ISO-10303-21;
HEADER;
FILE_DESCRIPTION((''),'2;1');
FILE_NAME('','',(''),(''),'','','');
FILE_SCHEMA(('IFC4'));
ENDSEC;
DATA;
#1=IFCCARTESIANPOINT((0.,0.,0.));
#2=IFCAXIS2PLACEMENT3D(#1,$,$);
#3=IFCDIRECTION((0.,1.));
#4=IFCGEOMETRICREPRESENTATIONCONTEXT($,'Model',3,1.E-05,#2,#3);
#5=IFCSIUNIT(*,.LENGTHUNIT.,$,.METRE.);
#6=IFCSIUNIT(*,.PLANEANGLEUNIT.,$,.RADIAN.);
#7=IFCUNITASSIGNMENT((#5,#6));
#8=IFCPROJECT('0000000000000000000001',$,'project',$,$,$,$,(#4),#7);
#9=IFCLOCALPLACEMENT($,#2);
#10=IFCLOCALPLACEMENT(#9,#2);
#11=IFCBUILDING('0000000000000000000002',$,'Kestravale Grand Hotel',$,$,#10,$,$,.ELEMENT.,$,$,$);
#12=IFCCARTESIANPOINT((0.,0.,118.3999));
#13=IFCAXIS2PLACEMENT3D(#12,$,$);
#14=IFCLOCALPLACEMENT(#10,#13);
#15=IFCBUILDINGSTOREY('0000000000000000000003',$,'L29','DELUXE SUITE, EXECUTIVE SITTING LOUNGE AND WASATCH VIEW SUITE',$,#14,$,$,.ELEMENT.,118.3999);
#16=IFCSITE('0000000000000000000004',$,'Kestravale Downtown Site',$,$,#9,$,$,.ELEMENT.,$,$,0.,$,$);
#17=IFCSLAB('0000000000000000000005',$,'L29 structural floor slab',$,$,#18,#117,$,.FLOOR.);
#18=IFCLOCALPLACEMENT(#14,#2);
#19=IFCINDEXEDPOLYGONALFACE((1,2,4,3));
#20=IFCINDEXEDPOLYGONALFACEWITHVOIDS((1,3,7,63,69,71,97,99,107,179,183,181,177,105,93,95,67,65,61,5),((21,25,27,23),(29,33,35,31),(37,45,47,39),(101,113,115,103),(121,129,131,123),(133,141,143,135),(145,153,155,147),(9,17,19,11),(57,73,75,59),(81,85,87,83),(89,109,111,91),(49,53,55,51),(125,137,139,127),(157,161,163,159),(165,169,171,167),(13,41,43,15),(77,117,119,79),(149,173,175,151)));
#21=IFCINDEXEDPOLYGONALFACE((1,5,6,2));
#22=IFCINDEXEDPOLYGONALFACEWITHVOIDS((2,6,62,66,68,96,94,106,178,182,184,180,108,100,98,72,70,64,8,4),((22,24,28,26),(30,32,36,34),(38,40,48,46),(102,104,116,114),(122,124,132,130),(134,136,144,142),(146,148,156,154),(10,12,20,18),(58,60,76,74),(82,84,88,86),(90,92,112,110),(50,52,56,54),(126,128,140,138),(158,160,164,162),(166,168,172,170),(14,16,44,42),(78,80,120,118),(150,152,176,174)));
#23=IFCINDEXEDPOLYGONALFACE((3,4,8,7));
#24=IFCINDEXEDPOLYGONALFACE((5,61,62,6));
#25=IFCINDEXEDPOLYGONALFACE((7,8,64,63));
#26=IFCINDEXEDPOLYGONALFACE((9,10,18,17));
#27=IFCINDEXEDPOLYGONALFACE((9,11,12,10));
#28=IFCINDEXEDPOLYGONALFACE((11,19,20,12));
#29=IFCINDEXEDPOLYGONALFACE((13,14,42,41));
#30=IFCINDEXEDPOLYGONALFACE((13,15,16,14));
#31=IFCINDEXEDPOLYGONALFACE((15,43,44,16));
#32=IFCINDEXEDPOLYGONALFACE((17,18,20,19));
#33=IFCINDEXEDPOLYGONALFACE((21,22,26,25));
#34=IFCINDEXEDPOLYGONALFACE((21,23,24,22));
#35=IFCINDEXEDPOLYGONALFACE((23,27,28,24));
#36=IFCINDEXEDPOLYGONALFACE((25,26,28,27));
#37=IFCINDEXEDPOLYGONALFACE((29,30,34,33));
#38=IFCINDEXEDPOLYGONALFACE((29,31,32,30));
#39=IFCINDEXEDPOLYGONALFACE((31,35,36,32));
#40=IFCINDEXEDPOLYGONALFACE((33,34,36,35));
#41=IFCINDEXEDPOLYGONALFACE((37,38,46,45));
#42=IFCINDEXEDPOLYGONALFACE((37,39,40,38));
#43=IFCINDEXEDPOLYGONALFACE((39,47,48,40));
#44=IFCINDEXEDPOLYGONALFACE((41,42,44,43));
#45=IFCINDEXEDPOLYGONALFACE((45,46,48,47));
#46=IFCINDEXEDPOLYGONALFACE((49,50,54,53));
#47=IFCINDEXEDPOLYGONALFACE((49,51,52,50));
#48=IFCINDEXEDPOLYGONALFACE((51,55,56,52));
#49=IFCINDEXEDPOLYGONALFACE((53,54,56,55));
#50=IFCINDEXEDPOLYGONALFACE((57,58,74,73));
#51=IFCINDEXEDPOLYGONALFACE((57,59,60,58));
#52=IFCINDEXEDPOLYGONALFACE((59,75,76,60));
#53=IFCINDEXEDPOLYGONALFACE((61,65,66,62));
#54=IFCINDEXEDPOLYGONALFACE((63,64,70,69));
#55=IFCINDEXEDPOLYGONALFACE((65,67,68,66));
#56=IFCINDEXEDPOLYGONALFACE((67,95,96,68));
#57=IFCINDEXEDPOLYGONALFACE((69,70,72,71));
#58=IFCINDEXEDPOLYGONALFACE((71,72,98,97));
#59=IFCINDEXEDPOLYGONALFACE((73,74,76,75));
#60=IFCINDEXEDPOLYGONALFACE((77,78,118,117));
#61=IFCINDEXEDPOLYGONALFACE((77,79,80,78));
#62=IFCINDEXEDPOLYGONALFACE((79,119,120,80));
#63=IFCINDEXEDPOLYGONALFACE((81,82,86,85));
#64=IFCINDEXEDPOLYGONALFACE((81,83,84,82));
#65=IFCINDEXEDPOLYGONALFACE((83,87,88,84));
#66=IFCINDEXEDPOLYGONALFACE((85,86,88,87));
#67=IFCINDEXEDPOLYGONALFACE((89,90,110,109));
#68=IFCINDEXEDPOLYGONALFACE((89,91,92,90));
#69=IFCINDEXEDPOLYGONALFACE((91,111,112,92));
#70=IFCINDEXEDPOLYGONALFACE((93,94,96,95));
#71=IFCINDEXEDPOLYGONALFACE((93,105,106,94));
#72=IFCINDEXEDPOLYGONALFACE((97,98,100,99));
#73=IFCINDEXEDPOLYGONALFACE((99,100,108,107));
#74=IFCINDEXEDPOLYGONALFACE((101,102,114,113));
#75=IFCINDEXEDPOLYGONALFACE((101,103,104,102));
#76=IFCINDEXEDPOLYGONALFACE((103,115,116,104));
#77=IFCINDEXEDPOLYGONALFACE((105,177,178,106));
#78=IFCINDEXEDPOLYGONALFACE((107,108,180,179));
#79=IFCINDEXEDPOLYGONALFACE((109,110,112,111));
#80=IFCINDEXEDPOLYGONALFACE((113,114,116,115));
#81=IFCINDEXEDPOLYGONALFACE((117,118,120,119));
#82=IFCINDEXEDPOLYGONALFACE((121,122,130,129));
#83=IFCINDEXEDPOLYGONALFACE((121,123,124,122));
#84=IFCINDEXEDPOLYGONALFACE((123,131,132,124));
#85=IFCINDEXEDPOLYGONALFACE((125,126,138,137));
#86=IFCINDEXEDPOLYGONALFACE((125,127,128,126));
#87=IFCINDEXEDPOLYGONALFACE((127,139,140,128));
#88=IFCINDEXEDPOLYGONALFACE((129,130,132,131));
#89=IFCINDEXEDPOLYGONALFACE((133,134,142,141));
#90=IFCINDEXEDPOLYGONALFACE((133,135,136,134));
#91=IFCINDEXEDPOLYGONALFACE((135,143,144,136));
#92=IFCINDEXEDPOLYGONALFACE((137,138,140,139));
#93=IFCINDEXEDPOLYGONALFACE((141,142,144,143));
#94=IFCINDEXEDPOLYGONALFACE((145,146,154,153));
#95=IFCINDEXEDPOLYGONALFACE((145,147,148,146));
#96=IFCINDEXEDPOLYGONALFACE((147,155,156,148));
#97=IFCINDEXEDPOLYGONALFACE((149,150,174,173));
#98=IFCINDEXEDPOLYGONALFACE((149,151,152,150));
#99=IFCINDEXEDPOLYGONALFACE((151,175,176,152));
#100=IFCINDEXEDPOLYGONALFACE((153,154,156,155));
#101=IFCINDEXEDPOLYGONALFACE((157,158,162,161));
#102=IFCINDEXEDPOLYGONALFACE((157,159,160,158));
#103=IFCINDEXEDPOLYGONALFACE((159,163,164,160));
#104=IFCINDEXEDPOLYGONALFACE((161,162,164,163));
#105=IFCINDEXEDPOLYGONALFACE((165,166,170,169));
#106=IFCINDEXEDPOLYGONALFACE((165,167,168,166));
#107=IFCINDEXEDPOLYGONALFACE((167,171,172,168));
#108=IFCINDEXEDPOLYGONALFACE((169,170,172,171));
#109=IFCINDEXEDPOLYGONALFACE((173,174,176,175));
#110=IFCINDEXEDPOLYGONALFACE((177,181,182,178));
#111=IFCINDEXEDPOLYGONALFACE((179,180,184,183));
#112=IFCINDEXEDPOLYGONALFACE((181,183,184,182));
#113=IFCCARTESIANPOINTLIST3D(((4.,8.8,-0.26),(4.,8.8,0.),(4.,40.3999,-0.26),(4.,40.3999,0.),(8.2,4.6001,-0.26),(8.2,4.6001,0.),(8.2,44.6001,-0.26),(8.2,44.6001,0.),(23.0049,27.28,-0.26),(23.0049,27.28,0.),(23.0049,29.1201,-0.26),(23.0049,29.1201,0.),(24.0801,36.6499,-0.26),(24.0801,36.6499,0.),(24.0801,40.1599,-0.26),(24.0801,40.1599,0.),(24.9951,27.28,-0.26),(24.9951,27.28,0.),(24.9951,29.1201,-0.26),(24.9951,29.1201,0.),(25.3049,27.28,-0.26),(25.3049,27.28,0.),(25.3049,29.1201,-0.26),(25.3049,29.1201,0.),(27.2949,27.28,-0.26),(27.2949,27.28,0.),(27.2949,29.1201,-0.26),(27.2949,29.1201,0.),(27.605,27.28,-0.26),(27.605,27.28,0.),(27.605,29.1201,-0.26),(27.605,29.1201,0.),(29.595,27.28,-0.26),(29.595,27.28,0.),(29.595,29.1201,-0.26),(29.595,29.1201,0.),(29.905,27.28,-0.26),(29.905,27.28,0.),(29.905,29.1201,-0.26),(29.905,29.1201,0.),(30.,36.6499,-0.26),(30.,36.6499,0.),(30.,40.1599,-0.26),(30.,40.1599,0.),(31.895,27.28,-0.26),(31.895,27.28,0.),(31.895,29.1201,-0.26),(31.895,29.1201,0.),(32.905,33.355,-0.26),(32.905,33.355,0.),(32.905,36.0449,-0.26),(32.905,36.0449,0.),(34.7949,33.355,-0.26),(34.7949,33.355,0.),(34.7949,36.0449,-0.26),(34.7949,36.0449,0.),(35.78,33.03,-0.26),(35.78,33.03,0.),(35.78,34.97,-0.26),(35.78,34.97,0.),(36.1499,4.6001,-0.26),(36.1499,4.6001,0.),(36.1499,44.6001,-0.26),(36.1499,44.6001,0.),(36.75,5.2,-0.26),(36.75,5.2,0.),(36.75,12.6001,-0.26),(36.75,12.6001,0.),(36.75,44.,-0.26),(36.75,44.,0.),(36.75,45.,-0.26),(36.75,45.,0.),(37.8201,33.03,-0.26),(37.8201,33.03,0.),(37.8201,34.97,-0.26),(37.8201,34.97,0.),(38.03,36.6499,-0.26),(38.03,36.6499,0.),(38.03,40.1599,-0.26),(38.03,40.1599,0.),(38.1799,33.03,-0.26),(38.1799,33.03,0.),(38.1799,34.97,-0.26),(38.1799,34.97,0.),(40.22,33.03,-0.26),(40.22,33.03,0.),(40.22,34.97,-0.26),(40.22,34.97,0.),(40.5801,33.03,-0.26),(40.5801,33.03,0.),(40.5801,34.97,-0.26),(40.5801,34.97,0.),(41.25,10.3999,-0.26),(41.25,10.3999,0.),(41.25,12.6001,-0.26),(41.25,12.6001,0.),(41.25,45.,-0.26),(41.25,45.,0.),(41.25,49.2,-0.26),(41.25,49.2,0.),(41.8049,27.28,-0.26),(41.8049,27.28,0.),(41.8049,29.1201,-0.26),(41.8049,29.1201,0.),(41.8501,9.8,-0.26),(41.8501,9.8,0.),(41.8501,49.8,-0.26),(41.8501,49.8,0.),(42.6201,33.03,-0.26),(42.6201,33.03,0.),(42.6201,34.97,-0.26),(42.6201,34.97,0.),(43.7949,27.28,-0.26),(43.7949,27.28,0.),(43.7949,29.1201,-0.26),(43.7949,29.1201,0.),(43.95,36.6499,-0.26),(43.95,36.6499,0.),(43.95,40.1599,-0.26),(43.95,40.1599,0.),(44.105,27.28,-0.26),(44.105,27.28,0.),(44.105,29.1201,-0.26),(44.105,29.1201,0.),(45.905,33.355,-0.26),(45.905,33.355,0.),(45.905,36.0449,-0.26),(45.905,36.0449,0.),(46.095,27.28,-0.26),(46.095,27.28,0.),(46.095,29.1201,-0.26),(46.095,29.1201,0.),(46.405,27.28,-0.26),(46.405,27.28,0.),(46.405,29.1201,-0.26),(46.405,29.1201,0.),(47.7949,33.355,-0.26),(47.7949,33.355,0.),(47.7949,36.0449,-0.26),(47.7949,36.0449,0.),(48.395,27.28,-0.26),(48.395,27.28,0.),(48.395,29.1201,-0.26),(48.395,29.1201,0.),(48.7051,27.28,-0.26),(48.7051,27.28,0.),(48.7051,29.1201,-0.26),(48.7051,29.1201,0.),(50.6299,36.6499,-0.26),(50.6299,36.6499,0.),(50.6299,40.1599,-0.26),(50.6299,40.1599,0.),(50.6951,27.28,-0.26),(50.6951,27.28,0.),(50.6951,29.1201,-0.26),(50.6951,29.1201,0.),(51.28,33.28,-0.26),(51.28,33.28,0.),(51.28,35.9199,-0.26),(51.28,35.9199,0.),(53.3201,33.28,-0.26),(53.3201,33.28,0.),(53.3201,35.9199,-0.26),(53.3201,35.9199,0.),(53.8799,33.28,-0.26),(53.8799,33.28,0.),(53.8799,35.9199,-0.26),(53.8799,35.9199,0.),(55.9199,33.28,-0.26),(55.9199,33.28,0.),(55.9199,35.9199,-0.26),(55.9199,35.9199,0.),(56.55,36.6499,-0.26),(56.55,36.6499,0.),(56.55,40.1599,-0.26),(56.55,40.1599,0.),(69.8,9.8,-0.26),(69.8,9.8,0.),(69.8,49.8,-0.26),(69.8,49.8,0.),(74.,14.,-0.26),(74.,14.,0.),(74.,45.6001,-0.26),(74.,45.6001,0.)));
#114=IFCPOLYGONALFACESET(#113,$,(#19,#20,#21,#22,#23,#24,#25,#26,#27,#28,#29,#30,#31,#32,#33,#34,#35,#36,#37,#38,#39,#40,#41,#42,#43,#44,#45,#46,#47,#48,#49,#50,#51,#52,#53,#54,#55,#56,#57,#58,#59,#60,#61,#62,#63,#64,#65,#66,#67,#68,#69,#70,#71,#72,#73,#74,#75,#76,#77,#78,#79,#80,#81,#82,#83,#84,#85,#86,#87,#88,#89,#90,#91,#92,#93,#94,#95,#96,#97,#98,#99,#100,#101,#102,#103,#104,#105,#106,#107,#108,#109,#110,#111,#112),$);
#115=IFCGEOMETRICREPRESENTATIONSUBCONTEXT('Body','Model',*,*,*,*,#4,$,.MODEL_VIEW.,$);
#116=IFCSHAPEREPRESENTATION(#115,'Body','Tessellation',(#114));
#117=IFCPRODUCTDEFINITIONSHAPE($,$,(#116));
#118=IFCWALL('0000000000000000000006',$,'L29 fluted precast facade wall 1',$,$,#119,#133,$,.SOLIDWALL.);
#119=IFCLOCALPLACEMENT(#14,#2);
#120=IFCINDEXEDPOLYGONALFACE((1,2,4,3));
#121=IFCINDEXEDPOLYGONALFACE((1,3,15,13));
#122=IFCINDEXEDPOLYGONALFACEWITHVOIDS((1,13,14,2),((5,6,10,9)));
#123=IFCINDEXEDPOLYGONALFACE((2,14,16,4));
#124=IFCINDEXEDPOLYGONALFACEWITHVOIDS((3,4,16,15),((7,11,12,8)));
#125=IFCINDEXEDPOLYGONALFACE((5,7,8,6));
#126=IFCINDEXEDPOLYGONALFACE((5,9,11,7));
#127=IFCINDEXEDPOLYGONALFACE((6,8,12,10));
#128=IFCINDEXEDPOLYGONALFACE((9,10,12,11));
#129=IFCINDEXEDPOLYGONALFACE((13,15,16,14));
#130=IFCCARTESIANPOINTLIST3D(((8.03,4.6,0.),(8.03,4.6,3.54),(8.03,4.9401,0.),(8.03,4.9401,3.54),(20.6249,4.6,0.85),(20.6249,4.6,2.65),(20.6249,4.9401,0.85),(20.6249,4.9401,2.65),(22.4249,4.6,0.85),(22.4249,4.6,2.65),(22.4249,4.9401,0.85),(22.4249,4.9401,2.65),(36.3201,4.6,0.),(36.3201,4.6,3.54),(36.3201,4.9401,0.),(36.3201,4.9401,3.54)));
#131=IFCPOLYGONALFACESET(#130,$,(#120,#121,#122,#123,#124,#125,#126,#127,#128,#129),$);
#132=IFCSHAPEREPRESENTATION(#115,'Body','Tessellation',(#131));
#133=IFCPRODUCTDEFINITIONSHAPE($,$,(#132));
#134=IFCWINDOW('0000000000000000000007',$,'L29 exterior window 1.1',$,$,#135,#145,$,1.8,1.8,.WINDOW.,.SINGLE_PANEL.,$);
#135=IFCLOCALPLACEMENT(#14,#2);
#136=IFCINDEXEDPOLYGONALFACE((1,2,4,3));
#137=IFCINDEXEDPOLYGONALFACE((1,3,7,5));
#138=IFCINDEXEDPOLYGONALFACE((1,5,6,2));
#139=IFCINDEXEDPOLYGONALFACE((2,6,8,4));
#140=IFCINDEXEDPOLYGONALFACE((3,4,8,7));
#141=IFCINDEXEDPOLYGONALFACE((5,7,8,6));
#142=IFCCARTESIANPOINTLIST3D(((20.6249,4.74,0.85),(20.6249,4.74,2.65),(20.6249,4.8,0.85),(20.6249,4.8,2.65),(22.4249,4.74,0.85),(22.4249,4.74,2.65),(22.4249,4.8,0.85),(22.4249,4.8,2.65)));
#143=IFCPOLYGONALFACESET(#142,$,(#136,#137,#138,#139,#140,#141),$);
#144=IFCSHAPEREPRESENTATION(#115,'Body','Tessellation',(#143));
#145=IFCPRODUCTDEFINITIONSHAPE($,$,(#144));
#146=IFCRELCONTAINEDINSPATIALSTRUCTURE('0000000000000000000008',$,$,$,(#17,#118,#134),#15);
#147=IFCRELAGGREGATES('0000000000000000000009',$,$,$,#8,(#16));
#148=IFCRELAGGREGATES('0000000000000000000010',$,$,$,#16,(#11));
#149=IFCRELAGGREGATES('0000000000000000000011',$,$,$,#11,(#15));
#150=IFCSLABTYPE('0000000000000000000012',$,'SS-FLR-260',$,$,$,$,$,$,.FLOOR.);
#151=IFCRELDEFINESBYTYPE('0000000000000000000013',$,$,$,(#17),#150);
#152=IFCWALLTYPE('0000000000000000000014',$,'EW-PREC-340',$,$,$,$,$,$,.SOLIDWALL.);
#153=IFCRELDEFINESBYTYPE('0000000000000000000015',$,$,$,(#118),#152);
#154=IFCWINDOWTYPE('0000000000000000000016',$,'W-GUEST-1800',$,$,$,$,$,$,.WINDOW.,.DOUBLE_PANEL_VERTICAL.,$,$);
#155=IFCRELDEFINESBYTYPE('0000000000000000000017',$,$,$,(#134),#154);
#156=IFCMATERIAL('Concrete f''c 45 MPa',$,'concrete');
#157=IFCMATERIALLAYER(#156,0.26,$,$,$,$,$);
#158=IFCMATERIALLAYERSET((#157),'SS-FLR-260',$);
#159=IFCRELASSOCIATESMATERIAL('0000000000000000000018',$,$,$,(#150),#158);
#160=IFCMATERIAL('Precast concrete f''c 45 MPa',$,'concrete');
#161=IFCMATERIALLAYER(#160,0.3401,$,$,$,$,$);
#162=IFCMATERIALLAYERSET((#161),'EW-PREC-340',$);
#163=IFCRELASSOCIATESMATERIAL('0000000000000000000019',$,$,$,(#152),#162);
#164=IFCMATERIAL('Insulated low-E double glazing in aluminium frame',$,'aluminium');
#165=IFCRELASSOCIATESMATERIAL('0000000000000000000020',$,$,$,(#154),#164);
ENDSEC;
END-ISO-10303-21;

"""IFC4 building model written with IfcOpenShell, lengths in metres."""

from ifc_helpers import new_model, si_unit, direction, frame, frame_2d, origin, place, context, subcontext, project, spatial, polyline, rectangle, outline, extrude, material, layer, layer_set, type_object, element, fill, save


model = new_model("IFC4")

# Units and contexts
model_context = context("Model", 3, precision=1e-05, world=origin(), true_north=direction((0.0, 1.0)))
body_context = subcontext(model_context, "Body", "Model", "MODEL_VIEW")
ifc_project = project(units=[si_unit("LENGTHUNIT", "METRE"), si_unit("PLANEANGLEUNIT", "RADIAN")], contexts=[model_context])

# Site, building, storey
site_placement = place(None, origin())
site = spatial("IfcSite", under=ifc_project, at=site_placement, Name="Kestravale Downtown Site", CompositionType="ELEMENT", RefElevation=0.0)
building_placement = place(site_placement, origin())
building = spatial("IfcBuilding", under=site, at=building_placement, Name="Kestravale Grand Hotel", CompositionType="ELEMENT")
storey_placement = place(building_placement, frame((0.0, 0.0, 118.3999)))
storey = spatial("IfcBuildingStorey", under=building, at=storey_placement, Name="L29", Description="DELUXE SUITE, EXECUTIVE SITTING LOUNGE AND WASATCH VIEW SUITE", CompositionType="ELEMENT", Elevation=118.3999)

# Slab
ifc_material_1 = material(Name="Concrete f'c 45 MPa", Category="concrete")
ifc_layer_1 = layer(ifc_material_1, 0.26)
ifc_layer_set_1 = layer_set([ifc_layer_1], Name="SS-FLR-260")
slab_type_1 = type_object("IfcSlabType", Name="SS-FLR-260", PredefinedType="FLOOR", material=ifc_layer_set_1)
slab_1_placement = place(storey_placement, frame((0.0, 0.0, -0.26)))
element("IfcSlab", 1, at=slab_1_placement, inside=storey, type_object=slab_type_1, Name="L29 structural floor slab", PredefinedType="FLOOR", context=body_context, shape_type="SweptSolid", body=[
    extrude(outline(polyline([(8.2, 4.6001), (36.1499, 4.6001), (36.75, 5.2), (36.75, 12.6001), (41.25, 12.6001), (41.25, 10.3999), (41.8501, 9.8), (69.8, 9.8), (74.0, 14.0), (74.0, 45.6001), (69.8, 49.8), (41.8501, 49.8), (41.25, 49.2), (41.25, 45.0), (36.75, 45.0), (36.75, 44.0), (36.1499, 44.6001), (8.2, 44.6001), (4.0, 40.3999), (4.0, 8.8), (8.2, 4.6001)]), holes=[polyline([(24.0801, 36.6499), (30.0, 36.6499), (30.0, 40.1599), (24.0801, 40.1599), (24.0801, 36.6499)]), polyline([(38.03, 36.6499), (43.95, 36.6499), (43.95, 40.1599), (38.03, 40.1599), (38.03, 36.6499)]), polyline([(50.6299, 36.6499), (56.55, 36.6499), (56.55, 40.1599), (50.6299, 40.1599), (50.6299, 36.6499)]), polyline([(23.0049, 27.28), (24.9951, 27.28), (24.9951, 29.1201), (23.0049, 29.1201), (23.0049, 27.28)]), polyline([(25.3049, 27.28), (27.2949, 27.28), (27.2949, 29.1201), (25.3049, 29.1201), (25.3049, 27.28)]), polyline([(27.605, 27.28), (29.595, 27.28), (29.595, 29.1201), (27.605, 29.1201), (27.605, 27.28)]), polyline([(29.905, 27.28), (31.895, 27.28), (31.895, 29.1201), (29.905, 29.1201), (29.905, 27.28)]), polyline([(41.8049, 27.28), (43.7949, 27.28), (43.7949, 29.1201), (41.8049, 29.1201), (41.8049, 27.28)]), polyline([(44.105, 27.28), (46.095, 27.28), (46.095, 29.1201), (44.105, 29.1201), (44.105, 27.28)]), polyline([(46.405, 27.28), (48.395, 27.28), (48.395, 29.1201), (46.405, 29.1201), (46.405, 27.28)]), polyline([(48.7051, 27.28), (50.6951, 27.28), (50.6951, 29.1201), (48.7051, 29.1201), (48.7051, 27.28)]), polyline([(35.78, 33.03), (37.8201, 33.03), (37.8201, 34.97), (35.78, 34.97), (35.78, 33.03)]), polyline([(38.1799, 33.03), (40.22, 33.03), (40.22, 34.97), (38.1799, 34.97), (38.1799, 33.03)]), polyline([(40.5801, 33.03), (42.6201, 33.03), (42.6201, 34.97), (40.5801, 34.97), (40.5801, 33.03)]), polyline([(32.905, 33.355), (34.7949, 33.355), (34.7949, 36.0449), (32.905, 36.0449), (32.905, 33.355)]), polyline([(45.905, 33.355), (47.7949, 33.355), (47.7949, 36.0449), (45.905, 36.0449), (45.905, 33.355)]), polyline([(51.28, 33.28), (53.3201, 33.28), (53.3201, 35.9199), (51.28, 35.9199), (51.28, 33.28)]), polyline([(53.8799, 33.28), (55.9199, 33.28), (55.9199, 35.9199), (53.8799, 35.9199), (53.8799, 33.28)])]), origin(), (0.0, 0.0, 1.0), 0.26),
])

# Wall, opening, window
ifc_material_2 = material(Name="Precast concrete f'c 45 MPa", Category="concrete")
ifc_layer_2 = layer(ifc_material_2, 0.3401)
ifc_layer_set_2 = layer_set([ifc_layer_2], Name="EW-PREC-340")
wall_type_1 = type_object("IfcWallType", Name="EW-PREC-340", PredefinedType="SOLIDWALL", material=ifc_layer_set_2)
wall_1_placement = place(storey_placement, frame((8.03, 4.77, 0.0), z_axis=(0.0, 0.0, 1.0), x_axis=(1.0, 0.0, 0.0)))
wall_1 = element("IfcWall", 2, at=wall_1_placement, inside=storey, type_object=wall_type_1, Name="L29 fluted precast facade wall 1", PredefinedType="SOLIDWALL", context=body_context, shape_type="SweptSolid", body=[
    extrude(rectangle(XDim=28.29, YDim=0.3401, at=frame_2d((14.145, 0.0))), origin(), (0.0, 0.0, 1.0), 3.54),
])
opening_1_placement = place(wall_1_placement, frame((12.595, 0.0, 0.8501)))
opening_1 = element("IfcOpeningElement", 3, at=opening_1_placement, cuts=wall_1, PredefinedType="OPENING", context=body_context, shape_type="SweptSolid", body=[
    extrude(rectangle(XDim=1.8, YDim=1.8, at=frame_2d((0.8999, 0.8999))), frame((0.0, 0.1799, 0.0), z_axis=(0.0, -1.0, 0.0), x_axis=(1.0, 0.0, 0.0)), (0.0, 0.0, 1.0), 0.3601),
])
ifc_material_3 = material(Name="Insulated low-E double glazing in aluminium frame", Category="aluminium")
window_type = type_object("IfcWindowType", Name="W-GUEST-1800", PartitioningType="DOUBLE_PANEL_VERTICAL", PredefinedType="WINDOW", material=ifc_material_3)
window_1_placement = place(opening_1_placement, origin())
window_1 = element("IfcWindow", 4, at=window_1_placement, inside=storey, type_object=window_type, Name="L29 exterior window 1.1", OverallHeight=1.8, OverallWidth=1.8, PartitioningType="SINGLE_PANEL", PredefinedType="WINDOW", context=body_context, shape_type="SweptSolid", body=[
    extrude(rectangle(XDim=1.8, YDim=1.8, at=frame_2d((0.8999, 0.8999))), frame((0.0, 0.03, 0.0), z_axis=(0.0, -1.0, 0.0), x_axis=(1.0, 0.0, 0.0)), (0.0, 0.0, 1.0), 0.0601),
])
fill(opening_1, window_1)

save(model, "model.ifc")
